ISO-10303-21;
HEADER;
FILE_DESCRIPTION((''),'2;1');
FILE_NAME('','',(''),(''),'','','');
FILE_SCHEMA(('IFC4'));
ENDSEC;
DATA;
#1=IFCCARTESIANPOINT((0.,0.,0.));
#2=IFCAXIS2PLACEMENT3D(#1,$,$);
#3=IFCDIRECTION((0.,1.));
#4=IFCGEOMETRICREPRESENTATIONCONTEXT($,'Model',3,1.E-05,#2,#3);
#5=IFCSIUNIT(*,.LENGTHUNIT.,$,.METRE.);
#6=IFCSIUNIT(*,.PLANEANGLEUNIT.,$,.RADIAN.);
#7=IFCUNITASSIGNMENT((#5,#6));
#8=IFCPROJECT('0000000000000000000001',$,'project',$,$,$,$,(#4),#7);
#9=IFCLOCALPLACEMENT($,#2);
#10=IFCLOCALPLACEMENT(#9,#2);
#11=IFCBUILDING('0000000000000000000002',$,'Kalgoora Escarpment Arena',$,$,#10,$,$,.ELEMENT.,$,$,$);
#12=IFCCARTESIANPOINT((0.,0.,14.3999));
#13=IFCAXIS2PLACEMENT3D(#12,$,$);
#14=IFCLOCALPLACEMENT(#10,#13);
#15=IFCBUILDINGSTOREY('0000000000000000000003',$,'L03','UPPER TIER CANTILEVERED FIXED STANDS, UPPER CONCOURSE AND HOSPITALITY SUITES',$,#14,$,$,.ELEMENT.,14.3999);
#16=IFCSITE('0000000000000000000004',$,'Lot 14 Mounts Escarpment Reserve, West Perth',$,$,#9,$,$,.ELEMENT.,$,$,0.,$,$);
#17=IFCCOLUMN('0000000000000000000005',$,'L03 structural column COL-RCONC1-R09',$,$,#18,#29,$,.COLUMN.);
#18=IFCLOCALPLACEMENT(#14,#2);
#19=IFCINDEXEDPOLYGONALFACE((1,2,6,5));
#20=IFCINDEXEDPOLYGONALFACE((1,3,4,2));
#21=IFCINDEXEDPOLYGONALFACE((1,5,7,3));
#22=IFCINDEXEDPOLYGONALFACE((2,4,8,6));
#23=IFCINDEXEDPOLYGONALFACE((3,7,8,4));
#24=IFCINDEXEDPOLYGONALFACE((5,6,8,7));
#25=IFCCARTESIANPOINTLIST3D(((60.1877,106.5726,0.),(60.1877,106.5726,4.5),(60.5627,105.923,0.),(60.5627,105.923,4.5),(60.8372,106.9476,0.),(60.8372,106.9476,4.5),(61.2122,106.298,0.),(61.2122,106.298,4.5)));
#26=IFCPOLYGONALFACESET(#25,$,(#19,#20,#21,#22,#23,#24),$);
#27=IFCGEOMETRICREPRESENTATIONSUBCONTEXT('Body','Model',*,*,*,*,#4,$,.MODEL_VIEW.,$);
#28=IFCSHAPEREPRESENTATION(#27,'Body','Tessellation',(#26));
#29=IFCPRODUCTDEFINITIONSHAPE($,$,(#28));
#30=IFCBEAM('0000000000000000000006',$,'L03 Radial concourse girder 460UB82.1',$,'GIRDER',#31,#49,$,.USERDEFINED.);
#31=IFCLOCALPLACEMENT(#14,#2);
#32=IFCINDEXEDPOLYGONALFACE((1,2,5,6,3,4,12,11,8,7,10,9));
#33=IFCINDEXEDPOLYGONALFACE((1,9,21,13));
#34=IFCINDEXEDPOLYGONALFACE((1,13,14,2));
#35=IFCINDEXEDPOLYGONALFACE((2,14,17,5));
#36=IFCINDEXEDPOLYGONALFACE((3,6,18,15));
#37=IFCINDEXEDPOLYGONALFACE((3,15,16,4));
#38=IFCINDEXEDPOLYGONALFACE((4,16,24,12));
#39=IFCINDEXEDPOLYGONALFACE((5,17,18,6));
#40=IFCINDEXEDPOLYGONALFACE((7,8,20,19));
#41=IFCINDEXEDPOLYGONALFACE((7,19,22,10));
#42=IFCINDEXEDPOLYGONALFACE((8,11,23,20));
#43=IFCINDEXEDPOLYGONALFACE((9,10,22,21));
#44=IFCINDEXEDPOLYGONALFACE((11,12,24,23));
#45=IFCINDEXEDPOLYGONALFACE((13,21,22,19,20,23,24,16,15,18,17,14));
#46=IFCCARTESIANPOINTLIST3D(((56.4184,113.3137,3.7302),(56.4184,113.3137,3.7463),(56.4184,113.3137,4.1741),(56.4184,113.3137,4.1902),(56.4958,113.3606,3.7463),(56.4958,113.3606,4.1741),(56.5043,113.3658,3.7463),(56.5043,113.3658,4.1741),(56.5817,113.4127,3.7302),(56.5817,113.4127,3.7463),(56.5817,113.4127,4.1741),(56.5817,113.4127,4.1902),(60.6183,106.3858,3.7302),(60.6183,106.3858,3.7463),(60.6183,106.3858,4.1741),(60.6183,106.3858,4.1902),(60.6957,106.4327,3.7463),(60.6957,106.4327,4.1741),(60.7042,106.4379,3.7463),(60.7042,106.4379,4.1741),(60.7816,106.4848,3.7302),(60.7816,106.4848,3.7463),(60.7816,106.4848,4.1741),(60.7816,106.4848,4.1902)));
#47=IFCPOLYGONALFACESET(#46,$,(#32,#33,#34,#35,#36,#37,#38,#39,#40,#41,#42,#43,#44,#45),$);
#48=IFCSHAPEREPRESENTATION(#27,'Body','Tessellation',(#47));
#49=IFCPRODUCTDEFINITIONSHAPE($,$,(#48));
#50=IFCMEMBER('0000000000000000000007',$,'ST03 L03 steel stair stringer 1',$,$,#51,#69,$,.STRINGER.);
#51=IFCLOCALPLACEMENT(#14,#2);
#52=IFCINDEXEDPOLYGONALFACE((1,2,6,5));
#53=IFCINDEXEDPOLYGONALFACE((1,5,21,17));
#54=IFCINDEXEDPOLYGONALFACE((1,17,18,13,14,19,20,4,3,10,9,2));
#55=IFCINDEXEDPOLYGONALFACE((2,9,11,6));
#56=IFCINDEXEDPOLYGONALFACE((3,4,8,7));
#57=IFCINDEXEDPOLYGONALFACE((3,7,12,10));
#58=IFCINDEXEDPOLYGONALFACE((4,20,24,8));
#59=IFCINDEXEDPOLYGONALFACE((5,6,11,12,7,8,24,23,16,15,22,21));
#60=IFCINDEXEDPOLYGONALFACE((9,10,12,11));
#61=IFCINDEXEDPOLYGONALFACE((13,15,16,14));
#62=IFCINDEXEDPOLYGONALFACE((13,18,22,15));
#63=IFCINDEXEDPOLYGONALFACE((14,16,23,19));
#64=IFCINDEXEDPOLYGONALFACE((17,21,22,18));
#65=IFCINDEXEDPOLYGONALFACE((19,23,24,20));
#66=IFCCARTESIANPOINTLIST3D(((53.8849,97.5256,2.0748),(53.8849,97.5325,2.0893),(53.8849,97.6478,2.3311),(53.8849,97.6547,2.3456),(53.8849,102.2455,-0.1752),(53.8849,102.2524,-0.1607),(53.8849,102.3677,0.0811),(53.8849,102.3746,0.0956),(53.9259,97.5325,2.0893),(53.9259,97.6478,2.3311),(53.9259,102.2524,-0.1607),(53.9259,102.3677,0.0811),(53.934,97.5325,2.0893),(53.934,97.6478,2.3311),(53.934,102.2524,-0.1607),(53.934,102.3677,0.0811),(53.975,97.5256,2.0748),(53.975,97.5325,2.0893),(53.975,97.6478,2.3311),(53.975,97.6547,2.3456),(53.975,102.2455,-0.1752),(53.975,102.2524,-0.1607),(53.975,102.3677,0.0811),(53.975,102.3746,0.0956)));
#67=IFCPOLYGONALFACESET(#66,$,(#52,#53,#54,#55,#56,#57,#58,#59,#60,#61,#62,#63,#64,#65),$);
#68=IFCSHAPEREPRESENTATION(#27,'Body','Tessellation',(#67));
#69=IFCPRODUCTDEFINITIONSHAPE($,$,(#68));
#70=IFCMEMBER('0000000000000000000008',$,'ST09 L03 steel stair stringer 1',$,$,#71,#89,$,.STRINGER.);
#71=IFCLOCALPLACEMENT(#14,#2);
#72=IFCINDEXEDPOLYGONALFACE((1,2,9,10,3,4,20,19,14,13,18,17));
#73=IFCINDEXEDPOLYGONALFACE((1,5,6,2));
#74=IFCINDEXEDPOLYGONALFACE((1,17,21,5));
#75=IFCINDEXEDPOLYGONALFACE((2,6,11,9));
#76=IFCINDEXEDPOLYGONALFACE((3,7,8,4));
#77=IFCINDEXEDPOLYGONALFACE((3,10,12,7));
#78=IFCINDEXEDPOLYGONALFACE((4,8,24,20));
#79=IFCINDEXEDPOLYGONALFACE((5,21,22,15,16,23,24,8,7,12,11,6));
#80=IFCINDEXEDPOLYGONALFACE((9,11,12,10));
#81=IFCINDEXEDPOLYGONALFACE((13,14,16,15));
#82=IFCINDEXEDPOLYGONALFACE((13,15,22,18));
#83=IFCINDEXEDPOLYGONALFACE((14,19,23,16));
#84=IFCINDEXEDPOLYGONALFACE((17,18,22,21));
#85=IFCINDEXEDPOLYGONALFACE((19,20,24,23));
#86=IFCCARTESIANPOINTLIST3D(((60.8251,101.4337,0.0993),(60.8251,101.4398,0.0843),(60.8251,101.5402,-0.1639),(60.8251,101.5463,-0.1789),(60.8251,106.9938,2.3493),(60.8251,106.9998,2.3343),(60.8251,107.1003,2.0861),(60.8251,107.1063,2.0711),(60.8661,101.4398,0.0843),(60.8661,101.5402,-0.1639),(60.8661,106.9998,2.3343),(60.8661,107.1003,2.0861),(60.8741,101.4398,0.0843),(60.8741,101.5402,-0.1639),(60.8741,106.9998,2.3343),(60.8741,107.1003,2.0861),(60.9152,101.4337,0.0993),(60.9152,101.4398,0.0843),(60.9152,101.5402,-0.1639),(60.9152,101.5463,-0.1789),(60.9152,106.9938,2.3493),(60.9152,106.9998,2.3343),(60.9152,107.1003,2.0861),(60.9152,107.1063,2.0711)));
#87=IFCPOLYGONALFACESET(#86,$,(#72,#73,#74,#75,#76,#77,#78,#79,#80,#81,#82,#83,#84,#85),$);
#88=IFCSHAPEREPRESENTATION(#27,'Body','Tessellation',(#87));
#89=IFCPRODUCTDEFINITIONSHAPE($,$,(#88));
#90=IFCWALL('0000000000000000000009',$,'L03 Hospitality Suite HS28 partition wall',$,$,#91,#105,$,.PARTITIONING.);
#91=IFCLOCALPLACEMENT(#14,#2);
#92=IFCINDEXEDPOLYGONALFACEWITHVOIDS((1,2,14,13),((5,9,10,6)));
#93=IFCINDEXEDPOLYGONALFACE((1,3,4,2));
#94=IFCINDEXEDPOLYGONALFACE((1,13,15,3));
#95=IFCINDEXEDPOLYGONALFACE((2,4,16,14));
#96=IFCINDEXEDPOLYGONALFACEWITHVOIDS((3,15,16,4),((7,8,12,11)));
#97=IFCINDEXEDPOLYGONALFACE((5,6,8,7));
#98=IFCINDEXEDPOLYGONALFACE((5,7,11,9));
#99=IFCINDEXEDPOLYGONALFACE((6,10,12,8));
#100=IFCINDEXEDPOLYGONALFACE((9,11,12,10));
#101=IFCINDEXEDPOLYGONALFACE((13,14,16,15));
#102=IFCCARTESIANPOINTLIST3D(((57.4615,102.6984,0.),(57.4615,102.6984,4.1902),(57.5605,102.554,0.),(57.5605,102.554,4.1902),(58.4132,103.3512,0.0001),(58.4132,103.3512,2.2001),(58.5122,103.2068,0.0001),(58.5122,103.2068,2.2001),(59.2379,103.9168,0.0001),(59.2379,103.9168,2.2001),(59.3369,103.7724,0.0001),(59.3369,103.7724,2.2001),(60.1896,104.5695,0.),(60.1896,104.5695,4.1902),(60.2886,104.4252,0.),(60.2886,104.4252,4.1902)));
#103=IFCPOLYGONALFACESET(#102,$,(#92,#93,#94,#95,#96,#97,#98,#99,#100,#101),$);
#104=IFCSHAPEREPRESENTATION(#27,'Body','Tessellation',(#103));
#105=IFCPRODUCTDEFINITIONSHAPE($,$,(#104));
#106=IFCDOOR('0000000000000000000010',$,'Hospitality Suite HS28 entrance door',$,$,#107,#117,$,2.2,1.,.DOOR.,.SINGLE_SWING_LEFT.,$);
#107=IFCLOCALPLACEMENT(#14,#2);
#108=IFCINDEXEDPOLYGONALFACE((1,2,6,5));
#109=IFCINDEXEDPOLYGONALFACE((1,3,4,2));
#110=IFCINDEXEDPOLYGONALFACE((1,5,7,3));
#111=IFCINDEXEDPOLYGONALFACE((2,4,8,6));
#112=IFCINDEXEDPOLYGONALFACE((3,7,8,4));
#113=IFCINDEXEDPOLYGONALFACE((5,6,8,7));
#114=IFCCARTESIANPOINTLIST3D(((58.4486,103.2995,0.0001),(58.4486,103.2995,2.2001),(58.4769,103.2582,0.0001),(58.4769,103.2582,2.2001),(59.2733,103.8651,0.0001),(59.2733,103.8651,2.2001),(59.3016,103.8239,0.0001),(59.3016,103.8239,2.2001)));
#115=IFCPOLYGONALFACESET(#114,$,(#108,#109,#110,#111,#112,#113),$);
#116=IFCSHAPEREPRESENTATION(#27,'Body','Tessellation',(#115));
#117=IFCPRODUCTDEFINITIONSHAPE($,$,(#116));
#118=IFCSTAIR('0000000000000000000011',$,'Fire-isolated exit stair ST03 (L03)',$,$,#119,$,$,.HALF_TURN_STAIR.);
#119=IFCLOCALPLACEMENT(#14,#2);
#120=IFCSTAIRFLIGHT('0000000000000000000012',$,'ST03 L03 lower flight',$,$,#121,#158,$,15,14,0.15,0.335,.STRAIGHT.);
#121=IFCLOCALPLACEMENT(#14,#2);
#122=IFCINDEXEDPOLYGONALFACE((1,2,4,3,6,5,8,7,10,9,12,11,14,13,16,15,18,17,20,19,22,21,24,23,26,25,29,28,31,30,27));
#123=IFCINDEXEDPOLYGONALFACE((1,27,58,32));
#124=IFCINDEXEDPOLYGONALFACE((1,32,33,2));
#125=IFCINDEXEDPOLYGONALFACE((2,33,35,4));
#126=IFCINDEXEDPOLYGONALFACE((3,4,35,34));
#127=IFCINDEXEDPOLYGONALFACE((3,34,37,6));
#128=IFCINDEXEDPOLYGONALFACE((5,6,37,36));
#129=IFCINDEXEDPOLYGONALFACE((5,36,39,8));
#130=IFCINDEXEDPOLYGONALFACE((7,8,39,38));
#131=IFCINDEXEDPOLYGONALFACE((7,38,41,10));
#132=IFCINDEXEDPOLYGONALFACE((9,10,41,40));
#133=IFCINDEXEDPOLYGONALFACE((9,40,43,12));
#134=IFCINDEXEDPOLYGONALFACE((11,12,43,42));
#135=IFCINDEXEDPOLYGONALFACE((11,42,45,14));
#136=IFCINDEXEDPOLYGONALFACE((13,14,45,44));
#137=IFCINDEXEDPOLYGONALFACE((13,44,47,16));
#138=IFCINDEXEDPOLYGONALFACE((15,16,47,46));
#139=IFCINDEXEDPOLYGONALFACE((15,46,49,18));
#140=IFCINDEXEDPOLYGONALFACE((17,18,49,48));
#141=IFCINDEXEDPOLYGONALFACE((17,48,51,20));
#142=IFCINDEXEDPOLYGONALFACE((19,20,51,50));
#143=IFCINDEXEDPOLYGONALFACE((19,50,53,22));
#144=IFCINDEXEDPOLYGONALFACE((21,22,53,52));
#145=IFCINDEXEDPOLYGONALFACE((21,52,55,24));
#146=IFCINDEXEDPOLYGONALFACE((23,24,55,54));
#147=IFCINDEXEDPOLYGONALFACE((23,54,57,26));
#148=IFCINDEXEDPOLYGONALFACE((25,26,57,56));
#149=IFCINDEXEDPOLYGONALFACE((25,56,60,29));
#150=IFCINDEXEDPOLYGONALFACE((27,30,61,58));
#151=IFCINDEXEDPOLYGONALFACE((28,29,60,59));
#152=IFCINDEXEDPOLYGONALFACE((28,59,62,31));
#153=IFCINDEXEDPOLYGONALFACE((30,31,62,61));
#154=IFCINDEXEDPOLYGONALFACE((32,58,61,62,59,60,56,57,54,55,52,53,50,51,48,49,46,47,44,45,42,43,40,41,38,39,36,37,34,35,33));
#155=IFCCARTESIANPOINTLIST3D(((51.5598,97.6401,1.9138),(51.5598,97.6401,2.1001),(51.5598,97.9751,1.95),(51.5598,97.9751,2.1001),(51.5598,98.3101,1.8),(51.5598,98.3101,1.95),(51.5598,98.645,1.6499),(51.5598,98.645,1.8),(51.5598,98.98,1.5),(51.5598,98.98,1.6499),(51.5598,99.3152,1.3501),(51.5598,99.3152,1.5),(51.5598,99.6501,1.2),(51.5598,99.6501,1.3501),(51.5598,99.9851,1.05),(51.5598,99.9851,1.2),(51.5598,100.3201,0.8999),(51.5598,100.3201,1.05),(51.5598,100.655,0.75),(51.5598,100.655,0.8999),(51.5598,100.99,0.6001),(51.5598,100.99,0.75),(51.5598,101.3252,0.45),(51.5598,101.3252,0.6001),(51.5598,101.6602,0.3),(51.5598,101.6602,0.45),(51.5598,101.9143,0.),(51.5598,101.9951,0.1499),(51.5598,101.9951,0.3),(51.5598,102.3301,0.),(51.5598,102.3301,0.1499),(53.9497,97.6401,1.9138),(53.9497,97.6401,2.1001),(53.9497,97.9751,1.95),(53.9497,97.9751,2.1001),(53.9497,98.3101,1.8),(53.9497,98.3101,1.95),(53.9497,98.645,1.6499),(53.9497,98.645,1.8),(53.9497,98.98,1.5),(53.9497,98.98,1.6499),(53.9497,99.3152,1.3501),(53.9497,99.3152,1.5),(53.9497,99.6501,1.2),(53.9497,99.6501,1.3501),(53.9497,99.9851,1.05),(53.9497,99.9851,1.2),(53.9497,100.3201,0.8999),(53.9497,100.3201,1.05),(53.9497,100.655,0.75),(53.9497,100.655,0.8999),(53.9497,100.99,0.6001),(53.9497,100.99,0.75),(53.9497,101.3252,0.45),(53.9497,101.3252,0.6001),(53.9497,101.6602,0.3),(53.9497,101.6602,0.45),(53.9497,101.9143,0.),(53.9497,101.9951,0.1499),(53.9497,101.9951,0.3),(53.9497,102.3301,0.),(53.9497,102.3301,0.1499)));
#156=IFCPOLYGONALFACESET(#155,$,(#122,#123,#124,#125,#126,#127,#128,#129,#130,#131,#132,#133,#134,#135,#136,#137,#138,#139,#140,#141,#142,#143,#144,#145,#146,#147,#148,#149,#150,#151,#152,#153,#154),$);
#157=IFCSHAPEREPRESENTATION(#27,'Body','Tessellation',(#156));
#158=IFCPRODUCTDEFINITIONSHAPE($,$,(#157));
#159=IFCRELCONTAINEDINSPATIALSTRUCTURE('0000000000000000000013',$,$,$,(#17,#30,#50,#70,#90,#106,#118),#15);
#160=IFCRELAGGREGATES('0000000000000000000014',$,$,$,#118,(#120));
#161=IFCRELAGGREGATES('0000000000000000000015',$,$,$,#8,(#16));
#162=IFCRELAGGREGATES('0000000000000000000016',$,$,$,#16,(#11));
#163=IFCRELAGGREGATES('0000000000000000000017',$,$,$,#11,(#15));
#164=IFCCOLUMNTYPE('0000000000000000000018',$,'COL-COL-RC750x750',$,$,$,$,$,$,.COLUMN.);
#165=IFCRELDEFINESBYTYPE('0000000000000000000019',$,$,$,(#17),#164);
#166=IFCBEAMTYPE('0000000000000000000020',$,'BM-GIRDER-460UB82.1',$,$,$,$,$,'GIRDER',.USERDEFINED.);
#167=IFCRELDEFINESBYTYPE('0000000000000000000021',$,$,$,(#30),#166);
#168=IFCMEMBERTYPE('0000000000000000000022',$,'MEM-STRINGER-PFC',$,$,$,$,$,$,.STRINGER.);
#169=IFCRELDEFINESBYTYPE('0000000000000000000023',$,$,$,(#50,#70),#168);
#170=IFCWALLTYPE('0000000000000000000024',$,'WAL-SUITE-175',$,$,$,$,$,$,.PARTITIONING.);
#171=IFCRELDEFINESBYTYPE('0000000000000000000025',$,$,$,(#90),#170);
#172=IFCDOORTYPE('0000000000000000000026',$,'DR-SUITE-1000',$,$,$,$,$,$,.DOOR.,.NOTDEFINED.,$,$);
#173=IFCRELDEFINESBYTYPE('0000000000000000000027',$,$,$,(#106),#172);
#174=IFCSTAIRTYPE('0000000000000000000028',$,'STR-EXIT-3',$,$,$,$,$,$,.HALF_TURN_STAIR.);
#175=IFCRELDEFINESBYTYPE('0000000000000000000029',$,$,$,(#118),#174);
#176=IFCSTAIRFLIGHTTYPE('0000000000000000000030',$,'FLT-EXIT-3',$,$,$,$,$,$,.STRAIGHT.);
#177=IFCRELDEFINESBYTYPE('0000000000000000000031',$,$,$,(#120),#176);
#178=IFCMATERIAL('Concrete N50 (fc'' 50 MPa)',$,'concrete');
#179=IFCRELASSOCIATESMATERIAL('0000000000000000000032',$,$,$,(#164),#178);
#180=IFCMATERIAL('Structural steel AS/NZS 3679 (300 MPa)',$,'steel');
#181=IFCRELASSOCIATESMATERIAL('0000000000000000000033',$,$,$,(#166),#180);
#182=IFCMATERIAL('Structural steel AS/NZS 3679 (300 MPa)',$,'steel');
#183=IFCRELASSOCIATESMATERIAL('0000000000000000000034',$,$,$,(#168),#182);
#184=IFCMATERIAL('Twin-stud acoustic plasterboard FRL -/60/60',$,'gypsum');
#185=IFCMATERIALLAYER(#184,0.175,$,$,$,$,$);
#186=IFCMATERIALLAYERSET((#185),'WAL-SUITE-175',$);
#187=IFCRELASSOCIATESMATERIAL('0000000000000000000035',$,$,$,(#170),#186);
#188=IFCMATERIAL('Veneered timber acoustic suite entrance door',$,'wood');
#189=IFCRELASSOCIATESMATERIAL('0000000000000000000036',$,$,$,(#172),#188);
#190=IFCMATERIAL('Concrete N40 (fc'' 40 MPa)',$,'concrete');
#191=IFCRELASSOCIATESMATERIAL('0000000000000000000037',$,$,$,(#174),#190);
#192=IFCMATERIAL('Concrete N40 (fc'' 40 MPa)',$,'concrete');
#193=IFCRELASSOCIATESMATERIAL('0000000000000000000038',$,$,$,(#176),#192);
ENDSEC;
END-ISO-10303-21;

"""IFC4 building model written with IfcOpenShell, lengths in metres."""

from ifc_helpers import new_model, si_unit, direction, frame, frame_2d, origin, origin_2d, place, context, subcontext, project, spatial, polyline, rectangle, i_section, outline, extrude, material, layer, layer_set, material_profile, profile_set, type_object, element, fill, aggregate, save


model = new_model("IFC4")

# Units and contexts
model_context = context("Model", 3, precision=1e-05, world=origin(), true_north=direction((0.0, 1.0)))
body_context = subcontext(model_context, "Body", "Model", "MODEL_VIEW")
ifc_project = project(units=[si_unit("LENGTHUNIT", "METRE"), si_unit("PLANEANGLEUNIT", "RADIAN")], contexts=[model_context])

# Site, building, storey
site_placement = place(None, origin())
site = spatial("IfcSite", under=ifc_project, at=site_placement, Name="Lot 14 Mounts Escarpment Reserve, West Perth", CompositionType="ELEMENT", RefElevation=0.0)
building_placement = place(site_placement, origin())
building = spatial("IfcBuilding", under=site, at=building_placement, Name="Kalgoora Escarpment Arena", CompositionType="ELEMENT")
storey_placement = place(building_placement, frame((0.0, 0.0, 14.3999)))
storey = spatial("IfcBuildingStorey", under=building, at=storey_placement, Name="L03", Description="UPPER TIER CANTILEVERED FIXED STANDS, UPPER CONCOURSE AND HOSPITALITY SUITES", CompositionType="ELEMENT", Elevation=14.3999)

# Column
ifc_material_1 = material(Name="Concrete N50 (fc' 50 MPa)", Category="concrete")
ifc_material_profile_1 = material_profile(ifc_material_1, rectangle(XDim=0.75, YDim=0.75, at=origin_2d()))
ifc_profile_set_1 = profile_set([ifc_material_profile_1], Name="Concrete N50 (fc' 50 MPa)")
column_type = type_object("IfcColumnType", Name="COL-COL-RC750x750", PredefinedType="COLUMN", material=ifc_profile_set_1)
column_placement = place(storey_placement, frame((60.7, 106.4353, 0.0), z_axis=(0.0, 0.0, 1.0), x_axis=(-0.5, 0.866025, 0.0)))
element("IfcColumn", 1, at=column_placement, inside=storey, type_object=column_type, Name="L03 structural column COL-RCONC1-R09", PredefinedType="COLUMN", context=body_context, shape_type="SweptSolid", body=[
    extrude(rectangle(XDim=0.75, YDim=0.75, at=origin_2d()), origin(), (0.0, 0.0, 1.0), 4.5),
])

# Beam
ifc_material_2 = material(Name="Structural steel AS/NZS 3679 (300 MPa)", Category="steel")
ifc_material_profile_2 = material_profile(ifc_material_2, i_section(OverallWidth=0.1909, OverallDepth=0.46, WebThickness=0.01, FlangeThickness=0.0161, at=origin_2d()))
ifc_profile_set_2 = profile_set([ifc_material_profile_2], Name="Structural steel AS/NZS 3679 (300 MPa)")
beam_type = type_object("IfcBeamType", Name="BM-GIRDER-460UB82.1", ElementType="GIRDER", PredefinedType="USERDEFINED", material=ifc_profile_set_2)
beam_placement = place(storey_placement, frame((60.7, 106.4353, 3.9602), z_axis=(-0.518408, 0.855133, 0.0), x_axis=(-0.855133, -0.518408, 0.0)))
element("IfcBeam", 2, at=beam_placement, inside=storey, type_object=beam_type, Name="L03 Radial concourse girder 460UB82.1", ObjectType="GIRDER", PredefinedType="USERDEFINED", context=body_context, shape_type="SweptSolid", body=[
    extrude(i_section(OverallWidth=0.1909, OverallDepth=0.46, WebThickness=0.01, FlangeThickness=0.0161, at=origin_2d()), origin(), (0.0, 0.0, 1.0), 8.1016),
])

# Members
ifc_material_3 = material(Name="Structural steel AS/NZS 3679 (300 MPa)", Category="steel")
ifc_material_profile_3 = material_profile(ifc_material_3, i_section(OverallWidth=0.0901, OverallDepth=0.3, WebThickness=0.0081, FlangeThickness=0.0161, at=origin_2d()))
ifc_profile_set_3 = profile_set([ifc_material_profile_3], Name="Structural steel AS/NZS 3679 (300 MPa)")
member_type = type_object("IfcMemberType", Name="MEM-STRINGER-PFC", PredefinedType="STRINGER", material=ifc_profile_set_3)
member_1_placement = place(storey_placement, frame((53.9299, 102.3101, -0.0398), z_axis=(0.0, -0.902683, 0.430307), x_axis=(1.0, 0.0, 0.0)))
element("IfcMember", 3, at=member_1_placement, inside=storey, type_object=member_type, Name="ST03 L03 steel stair stringer 1", PredefinedType="STRINGER", context=body_context, shape_type="SweptSolid", body=[
    extrude(i_section(OverallWidth=0.0901, OverallDepth=0.3, WebThickness=0.0081, FlangeThickness=0.0161, at=origin_2d()), origin(), (0.0, 0.0, 1.0), 5.2288),
])
member_2_placement = place(storey_placement, frame((60.8701, 101.49, -0.0398), z_axis=(0.0, 0.926976, 0.375121), x_axis=(-1.0, 0.0, 0.0)))
element("IfcMember", 4, at=member_2_placement, inside=storey, type_object=member_type, Name="ST09 L03 steel stair stringer 1", PredefinedType="STRINGER", context=body_context, shape_type="SweptSolid", body=[
    extrude(i_section(OverallWidth=0.0901, OverallDepth=0.3, WebThickness=0.0081, FlangeThickness=0.0161, at=origin_2d()), origin(), (0.0, 0.0, 1.0), 5.998),
])

# Wall, opening, door
ifc_material_4 = material(Name="Twin-stud acoustic plasterboard FRL -/60/60", Category="gypsum")
ifc_layer = layer(ifc_material_4, 0.175)
ifc_layer_set = layer_set([ifc_layer], Name="WAL-SUITE-175")
wall_type = type_object("IfcWallType", Name="WAL-SUITE-175", PredefinedType="PARTITIONING", material=ifc_layer_set)
wall_placement = place(storey_placement, frame((57.511, 102.6262, 0.0), z_axis=(0.0, 0.0, 1.0), x_axis=(0.824666, 0.56562, 0.0)))
wall = element("IfcWall", 5, at=wall_placement, inside=storey, type_object=wall_type, Name="L03 Hospitality Suite HS28 partition wall", PredefinedType="PARTITIONING", context=body_context, shape_type="SweptSolid", body=[
    extrude(rectangle(XDim=3.3081, YDim=0.175, at=frame_2d((1.6541, 0.0))), origin(), (0.0, 0.0, 1.0), 4.1902),
])
opening_placement = place(wall_placement, frame((1.1541, 0.0, 0.0)))
opening = element("IfcOpeningElement", 6, at=opening_placement, cuts=wall, PredefinedType="OPENING", context=body_context, shape_type="SweptSolid", body=[
    extrude(rectangle(XDim=1.0, YDim=2.2, at=frame_2d((0.5, 1.1001))), frame((0.0, 0.0974, 0.0), z_axis=(0.0, -1.0, 0.0), x_axis=(1.0, 0.0, 0.0)), (0.0, 0.0, 1.0), 0.1951),
])
ifc_material_5 = material(Name="Veneered timber acoustic suite entrance door", Category="wood")
door_type = type_object("IfcDoorType", Name="DR-SUITE-1000", OperationType="NOTDEFINED", PredefinedType="DOOR", material=ifc_material_5)
door_placement = place(opening_placement, origin())
door = element("IfcDoor", 7, at=door_placement, inside=storey, type_object=door_type, Name="Hospitality Suite HS28 entrance door", OperationType="SINGLE_SWING_LEFT", OverallHeight=2.2, OverallWidth=1.0, PredefinedType="DOOR", context=body_context, shape_type="SweptSolid", body=[
    extrude(rectangle(XDim=1.0, YDim=2.2, at=frame_2d((0.5, 1.1001))), frame((0.0, 0.0249, 0.0), z_axis=(0.0, -1.0, 0.0), x_axis=(1.0, 0.0, 0.0)), (0.0, 0.0, 1.0), 0.05),
])
fill(opening, door)

# Stair, stair flight
ifc_material_6 = material(Name="Concrete N40 (fc' 40 MPa)", Category="concrete")
stair_type = type_object("IfcStairType", Name="STR-EXIT-3", PredefinedType="HALF_TURN_STAIR", material=ifc_material_6)
stair_placement = place(storey_placement, origin())
stair = element("IfcStair", 8, at=stair_placement, inside=storey, type_object=stair_type, Name="Fire-isolated exit stair ST03 (L03)", PredefinedType="HALF_TURN_STAIR")
ifc_material_7 = material(Name="Concrete N40 (fc' 40 MPa)", Category="concrete")
stair_flight_type = type_object("IfcStairFlightType", Name="FLT-EXIT-3", PredefinedType="STRAIGHT", material=ifc_material_7)
stair_flight_placement = place(storey_placement, frame((52.7549, 102.3301, 0.0), z_axis=(0.0, 0.0, 1.0), x_axis=(0.0, -1.0, 0.0)))
stair_flight = element("IfcStairFlight", 9, at=stair_flight_placement, type_object=stair_flight_type, Name="ST03 L03 lower flight", NumberOfRisers=15, NumberOfTreads=14, PredefinedType="STRAIGHT", RiserHeight=0.15, TreadLength=0.335, context=body_context, shape_type="SweptSolid", body=[
    extrude(outline(polyline([(0.0, 0.0), (0.0, 0.1499), (0.335, 0.1499), (0.335, 0.3), (0.6699, 0.3), (0.6699, 0.45), (1.0049, 0.45), (1.0049, 0.6001), (1.3401, 0.6001), (1.3401, 0.75), (1.675, 0.75), (1.675, 0.8999), (2.01, 0.8999), (2.01, 1.05), (2.345, 1.05), (2.345, 1.2), (2.6799, 1.2), (2.6799, 1.3501), (3.0149, 1.3501), (3.0149, 1.5), (3.3501, 1.5), (3.3501, 1.6499), (3.6851, 1.6499), (3.6851, 1.8), (4.02, 1.8), (4.02, 1.95), (4.355, 1.95), (4.355, 2.1001), (4.6899, 2.1001), (4.6899, 2.25), (4.6899, 1.9138), (0.4158, 0.0), (0.0, 0.0)])), frame((0.0, 1.1948, 0.0), z_axis=(0.0, -1.0, 0.0), x_axis=(1.0, 0.0, 0.0)), (0.0, 0.0, 1.0), 2.3899),
])
aggregate(stair, [stair_flight])

save(model, "model.ifc")
